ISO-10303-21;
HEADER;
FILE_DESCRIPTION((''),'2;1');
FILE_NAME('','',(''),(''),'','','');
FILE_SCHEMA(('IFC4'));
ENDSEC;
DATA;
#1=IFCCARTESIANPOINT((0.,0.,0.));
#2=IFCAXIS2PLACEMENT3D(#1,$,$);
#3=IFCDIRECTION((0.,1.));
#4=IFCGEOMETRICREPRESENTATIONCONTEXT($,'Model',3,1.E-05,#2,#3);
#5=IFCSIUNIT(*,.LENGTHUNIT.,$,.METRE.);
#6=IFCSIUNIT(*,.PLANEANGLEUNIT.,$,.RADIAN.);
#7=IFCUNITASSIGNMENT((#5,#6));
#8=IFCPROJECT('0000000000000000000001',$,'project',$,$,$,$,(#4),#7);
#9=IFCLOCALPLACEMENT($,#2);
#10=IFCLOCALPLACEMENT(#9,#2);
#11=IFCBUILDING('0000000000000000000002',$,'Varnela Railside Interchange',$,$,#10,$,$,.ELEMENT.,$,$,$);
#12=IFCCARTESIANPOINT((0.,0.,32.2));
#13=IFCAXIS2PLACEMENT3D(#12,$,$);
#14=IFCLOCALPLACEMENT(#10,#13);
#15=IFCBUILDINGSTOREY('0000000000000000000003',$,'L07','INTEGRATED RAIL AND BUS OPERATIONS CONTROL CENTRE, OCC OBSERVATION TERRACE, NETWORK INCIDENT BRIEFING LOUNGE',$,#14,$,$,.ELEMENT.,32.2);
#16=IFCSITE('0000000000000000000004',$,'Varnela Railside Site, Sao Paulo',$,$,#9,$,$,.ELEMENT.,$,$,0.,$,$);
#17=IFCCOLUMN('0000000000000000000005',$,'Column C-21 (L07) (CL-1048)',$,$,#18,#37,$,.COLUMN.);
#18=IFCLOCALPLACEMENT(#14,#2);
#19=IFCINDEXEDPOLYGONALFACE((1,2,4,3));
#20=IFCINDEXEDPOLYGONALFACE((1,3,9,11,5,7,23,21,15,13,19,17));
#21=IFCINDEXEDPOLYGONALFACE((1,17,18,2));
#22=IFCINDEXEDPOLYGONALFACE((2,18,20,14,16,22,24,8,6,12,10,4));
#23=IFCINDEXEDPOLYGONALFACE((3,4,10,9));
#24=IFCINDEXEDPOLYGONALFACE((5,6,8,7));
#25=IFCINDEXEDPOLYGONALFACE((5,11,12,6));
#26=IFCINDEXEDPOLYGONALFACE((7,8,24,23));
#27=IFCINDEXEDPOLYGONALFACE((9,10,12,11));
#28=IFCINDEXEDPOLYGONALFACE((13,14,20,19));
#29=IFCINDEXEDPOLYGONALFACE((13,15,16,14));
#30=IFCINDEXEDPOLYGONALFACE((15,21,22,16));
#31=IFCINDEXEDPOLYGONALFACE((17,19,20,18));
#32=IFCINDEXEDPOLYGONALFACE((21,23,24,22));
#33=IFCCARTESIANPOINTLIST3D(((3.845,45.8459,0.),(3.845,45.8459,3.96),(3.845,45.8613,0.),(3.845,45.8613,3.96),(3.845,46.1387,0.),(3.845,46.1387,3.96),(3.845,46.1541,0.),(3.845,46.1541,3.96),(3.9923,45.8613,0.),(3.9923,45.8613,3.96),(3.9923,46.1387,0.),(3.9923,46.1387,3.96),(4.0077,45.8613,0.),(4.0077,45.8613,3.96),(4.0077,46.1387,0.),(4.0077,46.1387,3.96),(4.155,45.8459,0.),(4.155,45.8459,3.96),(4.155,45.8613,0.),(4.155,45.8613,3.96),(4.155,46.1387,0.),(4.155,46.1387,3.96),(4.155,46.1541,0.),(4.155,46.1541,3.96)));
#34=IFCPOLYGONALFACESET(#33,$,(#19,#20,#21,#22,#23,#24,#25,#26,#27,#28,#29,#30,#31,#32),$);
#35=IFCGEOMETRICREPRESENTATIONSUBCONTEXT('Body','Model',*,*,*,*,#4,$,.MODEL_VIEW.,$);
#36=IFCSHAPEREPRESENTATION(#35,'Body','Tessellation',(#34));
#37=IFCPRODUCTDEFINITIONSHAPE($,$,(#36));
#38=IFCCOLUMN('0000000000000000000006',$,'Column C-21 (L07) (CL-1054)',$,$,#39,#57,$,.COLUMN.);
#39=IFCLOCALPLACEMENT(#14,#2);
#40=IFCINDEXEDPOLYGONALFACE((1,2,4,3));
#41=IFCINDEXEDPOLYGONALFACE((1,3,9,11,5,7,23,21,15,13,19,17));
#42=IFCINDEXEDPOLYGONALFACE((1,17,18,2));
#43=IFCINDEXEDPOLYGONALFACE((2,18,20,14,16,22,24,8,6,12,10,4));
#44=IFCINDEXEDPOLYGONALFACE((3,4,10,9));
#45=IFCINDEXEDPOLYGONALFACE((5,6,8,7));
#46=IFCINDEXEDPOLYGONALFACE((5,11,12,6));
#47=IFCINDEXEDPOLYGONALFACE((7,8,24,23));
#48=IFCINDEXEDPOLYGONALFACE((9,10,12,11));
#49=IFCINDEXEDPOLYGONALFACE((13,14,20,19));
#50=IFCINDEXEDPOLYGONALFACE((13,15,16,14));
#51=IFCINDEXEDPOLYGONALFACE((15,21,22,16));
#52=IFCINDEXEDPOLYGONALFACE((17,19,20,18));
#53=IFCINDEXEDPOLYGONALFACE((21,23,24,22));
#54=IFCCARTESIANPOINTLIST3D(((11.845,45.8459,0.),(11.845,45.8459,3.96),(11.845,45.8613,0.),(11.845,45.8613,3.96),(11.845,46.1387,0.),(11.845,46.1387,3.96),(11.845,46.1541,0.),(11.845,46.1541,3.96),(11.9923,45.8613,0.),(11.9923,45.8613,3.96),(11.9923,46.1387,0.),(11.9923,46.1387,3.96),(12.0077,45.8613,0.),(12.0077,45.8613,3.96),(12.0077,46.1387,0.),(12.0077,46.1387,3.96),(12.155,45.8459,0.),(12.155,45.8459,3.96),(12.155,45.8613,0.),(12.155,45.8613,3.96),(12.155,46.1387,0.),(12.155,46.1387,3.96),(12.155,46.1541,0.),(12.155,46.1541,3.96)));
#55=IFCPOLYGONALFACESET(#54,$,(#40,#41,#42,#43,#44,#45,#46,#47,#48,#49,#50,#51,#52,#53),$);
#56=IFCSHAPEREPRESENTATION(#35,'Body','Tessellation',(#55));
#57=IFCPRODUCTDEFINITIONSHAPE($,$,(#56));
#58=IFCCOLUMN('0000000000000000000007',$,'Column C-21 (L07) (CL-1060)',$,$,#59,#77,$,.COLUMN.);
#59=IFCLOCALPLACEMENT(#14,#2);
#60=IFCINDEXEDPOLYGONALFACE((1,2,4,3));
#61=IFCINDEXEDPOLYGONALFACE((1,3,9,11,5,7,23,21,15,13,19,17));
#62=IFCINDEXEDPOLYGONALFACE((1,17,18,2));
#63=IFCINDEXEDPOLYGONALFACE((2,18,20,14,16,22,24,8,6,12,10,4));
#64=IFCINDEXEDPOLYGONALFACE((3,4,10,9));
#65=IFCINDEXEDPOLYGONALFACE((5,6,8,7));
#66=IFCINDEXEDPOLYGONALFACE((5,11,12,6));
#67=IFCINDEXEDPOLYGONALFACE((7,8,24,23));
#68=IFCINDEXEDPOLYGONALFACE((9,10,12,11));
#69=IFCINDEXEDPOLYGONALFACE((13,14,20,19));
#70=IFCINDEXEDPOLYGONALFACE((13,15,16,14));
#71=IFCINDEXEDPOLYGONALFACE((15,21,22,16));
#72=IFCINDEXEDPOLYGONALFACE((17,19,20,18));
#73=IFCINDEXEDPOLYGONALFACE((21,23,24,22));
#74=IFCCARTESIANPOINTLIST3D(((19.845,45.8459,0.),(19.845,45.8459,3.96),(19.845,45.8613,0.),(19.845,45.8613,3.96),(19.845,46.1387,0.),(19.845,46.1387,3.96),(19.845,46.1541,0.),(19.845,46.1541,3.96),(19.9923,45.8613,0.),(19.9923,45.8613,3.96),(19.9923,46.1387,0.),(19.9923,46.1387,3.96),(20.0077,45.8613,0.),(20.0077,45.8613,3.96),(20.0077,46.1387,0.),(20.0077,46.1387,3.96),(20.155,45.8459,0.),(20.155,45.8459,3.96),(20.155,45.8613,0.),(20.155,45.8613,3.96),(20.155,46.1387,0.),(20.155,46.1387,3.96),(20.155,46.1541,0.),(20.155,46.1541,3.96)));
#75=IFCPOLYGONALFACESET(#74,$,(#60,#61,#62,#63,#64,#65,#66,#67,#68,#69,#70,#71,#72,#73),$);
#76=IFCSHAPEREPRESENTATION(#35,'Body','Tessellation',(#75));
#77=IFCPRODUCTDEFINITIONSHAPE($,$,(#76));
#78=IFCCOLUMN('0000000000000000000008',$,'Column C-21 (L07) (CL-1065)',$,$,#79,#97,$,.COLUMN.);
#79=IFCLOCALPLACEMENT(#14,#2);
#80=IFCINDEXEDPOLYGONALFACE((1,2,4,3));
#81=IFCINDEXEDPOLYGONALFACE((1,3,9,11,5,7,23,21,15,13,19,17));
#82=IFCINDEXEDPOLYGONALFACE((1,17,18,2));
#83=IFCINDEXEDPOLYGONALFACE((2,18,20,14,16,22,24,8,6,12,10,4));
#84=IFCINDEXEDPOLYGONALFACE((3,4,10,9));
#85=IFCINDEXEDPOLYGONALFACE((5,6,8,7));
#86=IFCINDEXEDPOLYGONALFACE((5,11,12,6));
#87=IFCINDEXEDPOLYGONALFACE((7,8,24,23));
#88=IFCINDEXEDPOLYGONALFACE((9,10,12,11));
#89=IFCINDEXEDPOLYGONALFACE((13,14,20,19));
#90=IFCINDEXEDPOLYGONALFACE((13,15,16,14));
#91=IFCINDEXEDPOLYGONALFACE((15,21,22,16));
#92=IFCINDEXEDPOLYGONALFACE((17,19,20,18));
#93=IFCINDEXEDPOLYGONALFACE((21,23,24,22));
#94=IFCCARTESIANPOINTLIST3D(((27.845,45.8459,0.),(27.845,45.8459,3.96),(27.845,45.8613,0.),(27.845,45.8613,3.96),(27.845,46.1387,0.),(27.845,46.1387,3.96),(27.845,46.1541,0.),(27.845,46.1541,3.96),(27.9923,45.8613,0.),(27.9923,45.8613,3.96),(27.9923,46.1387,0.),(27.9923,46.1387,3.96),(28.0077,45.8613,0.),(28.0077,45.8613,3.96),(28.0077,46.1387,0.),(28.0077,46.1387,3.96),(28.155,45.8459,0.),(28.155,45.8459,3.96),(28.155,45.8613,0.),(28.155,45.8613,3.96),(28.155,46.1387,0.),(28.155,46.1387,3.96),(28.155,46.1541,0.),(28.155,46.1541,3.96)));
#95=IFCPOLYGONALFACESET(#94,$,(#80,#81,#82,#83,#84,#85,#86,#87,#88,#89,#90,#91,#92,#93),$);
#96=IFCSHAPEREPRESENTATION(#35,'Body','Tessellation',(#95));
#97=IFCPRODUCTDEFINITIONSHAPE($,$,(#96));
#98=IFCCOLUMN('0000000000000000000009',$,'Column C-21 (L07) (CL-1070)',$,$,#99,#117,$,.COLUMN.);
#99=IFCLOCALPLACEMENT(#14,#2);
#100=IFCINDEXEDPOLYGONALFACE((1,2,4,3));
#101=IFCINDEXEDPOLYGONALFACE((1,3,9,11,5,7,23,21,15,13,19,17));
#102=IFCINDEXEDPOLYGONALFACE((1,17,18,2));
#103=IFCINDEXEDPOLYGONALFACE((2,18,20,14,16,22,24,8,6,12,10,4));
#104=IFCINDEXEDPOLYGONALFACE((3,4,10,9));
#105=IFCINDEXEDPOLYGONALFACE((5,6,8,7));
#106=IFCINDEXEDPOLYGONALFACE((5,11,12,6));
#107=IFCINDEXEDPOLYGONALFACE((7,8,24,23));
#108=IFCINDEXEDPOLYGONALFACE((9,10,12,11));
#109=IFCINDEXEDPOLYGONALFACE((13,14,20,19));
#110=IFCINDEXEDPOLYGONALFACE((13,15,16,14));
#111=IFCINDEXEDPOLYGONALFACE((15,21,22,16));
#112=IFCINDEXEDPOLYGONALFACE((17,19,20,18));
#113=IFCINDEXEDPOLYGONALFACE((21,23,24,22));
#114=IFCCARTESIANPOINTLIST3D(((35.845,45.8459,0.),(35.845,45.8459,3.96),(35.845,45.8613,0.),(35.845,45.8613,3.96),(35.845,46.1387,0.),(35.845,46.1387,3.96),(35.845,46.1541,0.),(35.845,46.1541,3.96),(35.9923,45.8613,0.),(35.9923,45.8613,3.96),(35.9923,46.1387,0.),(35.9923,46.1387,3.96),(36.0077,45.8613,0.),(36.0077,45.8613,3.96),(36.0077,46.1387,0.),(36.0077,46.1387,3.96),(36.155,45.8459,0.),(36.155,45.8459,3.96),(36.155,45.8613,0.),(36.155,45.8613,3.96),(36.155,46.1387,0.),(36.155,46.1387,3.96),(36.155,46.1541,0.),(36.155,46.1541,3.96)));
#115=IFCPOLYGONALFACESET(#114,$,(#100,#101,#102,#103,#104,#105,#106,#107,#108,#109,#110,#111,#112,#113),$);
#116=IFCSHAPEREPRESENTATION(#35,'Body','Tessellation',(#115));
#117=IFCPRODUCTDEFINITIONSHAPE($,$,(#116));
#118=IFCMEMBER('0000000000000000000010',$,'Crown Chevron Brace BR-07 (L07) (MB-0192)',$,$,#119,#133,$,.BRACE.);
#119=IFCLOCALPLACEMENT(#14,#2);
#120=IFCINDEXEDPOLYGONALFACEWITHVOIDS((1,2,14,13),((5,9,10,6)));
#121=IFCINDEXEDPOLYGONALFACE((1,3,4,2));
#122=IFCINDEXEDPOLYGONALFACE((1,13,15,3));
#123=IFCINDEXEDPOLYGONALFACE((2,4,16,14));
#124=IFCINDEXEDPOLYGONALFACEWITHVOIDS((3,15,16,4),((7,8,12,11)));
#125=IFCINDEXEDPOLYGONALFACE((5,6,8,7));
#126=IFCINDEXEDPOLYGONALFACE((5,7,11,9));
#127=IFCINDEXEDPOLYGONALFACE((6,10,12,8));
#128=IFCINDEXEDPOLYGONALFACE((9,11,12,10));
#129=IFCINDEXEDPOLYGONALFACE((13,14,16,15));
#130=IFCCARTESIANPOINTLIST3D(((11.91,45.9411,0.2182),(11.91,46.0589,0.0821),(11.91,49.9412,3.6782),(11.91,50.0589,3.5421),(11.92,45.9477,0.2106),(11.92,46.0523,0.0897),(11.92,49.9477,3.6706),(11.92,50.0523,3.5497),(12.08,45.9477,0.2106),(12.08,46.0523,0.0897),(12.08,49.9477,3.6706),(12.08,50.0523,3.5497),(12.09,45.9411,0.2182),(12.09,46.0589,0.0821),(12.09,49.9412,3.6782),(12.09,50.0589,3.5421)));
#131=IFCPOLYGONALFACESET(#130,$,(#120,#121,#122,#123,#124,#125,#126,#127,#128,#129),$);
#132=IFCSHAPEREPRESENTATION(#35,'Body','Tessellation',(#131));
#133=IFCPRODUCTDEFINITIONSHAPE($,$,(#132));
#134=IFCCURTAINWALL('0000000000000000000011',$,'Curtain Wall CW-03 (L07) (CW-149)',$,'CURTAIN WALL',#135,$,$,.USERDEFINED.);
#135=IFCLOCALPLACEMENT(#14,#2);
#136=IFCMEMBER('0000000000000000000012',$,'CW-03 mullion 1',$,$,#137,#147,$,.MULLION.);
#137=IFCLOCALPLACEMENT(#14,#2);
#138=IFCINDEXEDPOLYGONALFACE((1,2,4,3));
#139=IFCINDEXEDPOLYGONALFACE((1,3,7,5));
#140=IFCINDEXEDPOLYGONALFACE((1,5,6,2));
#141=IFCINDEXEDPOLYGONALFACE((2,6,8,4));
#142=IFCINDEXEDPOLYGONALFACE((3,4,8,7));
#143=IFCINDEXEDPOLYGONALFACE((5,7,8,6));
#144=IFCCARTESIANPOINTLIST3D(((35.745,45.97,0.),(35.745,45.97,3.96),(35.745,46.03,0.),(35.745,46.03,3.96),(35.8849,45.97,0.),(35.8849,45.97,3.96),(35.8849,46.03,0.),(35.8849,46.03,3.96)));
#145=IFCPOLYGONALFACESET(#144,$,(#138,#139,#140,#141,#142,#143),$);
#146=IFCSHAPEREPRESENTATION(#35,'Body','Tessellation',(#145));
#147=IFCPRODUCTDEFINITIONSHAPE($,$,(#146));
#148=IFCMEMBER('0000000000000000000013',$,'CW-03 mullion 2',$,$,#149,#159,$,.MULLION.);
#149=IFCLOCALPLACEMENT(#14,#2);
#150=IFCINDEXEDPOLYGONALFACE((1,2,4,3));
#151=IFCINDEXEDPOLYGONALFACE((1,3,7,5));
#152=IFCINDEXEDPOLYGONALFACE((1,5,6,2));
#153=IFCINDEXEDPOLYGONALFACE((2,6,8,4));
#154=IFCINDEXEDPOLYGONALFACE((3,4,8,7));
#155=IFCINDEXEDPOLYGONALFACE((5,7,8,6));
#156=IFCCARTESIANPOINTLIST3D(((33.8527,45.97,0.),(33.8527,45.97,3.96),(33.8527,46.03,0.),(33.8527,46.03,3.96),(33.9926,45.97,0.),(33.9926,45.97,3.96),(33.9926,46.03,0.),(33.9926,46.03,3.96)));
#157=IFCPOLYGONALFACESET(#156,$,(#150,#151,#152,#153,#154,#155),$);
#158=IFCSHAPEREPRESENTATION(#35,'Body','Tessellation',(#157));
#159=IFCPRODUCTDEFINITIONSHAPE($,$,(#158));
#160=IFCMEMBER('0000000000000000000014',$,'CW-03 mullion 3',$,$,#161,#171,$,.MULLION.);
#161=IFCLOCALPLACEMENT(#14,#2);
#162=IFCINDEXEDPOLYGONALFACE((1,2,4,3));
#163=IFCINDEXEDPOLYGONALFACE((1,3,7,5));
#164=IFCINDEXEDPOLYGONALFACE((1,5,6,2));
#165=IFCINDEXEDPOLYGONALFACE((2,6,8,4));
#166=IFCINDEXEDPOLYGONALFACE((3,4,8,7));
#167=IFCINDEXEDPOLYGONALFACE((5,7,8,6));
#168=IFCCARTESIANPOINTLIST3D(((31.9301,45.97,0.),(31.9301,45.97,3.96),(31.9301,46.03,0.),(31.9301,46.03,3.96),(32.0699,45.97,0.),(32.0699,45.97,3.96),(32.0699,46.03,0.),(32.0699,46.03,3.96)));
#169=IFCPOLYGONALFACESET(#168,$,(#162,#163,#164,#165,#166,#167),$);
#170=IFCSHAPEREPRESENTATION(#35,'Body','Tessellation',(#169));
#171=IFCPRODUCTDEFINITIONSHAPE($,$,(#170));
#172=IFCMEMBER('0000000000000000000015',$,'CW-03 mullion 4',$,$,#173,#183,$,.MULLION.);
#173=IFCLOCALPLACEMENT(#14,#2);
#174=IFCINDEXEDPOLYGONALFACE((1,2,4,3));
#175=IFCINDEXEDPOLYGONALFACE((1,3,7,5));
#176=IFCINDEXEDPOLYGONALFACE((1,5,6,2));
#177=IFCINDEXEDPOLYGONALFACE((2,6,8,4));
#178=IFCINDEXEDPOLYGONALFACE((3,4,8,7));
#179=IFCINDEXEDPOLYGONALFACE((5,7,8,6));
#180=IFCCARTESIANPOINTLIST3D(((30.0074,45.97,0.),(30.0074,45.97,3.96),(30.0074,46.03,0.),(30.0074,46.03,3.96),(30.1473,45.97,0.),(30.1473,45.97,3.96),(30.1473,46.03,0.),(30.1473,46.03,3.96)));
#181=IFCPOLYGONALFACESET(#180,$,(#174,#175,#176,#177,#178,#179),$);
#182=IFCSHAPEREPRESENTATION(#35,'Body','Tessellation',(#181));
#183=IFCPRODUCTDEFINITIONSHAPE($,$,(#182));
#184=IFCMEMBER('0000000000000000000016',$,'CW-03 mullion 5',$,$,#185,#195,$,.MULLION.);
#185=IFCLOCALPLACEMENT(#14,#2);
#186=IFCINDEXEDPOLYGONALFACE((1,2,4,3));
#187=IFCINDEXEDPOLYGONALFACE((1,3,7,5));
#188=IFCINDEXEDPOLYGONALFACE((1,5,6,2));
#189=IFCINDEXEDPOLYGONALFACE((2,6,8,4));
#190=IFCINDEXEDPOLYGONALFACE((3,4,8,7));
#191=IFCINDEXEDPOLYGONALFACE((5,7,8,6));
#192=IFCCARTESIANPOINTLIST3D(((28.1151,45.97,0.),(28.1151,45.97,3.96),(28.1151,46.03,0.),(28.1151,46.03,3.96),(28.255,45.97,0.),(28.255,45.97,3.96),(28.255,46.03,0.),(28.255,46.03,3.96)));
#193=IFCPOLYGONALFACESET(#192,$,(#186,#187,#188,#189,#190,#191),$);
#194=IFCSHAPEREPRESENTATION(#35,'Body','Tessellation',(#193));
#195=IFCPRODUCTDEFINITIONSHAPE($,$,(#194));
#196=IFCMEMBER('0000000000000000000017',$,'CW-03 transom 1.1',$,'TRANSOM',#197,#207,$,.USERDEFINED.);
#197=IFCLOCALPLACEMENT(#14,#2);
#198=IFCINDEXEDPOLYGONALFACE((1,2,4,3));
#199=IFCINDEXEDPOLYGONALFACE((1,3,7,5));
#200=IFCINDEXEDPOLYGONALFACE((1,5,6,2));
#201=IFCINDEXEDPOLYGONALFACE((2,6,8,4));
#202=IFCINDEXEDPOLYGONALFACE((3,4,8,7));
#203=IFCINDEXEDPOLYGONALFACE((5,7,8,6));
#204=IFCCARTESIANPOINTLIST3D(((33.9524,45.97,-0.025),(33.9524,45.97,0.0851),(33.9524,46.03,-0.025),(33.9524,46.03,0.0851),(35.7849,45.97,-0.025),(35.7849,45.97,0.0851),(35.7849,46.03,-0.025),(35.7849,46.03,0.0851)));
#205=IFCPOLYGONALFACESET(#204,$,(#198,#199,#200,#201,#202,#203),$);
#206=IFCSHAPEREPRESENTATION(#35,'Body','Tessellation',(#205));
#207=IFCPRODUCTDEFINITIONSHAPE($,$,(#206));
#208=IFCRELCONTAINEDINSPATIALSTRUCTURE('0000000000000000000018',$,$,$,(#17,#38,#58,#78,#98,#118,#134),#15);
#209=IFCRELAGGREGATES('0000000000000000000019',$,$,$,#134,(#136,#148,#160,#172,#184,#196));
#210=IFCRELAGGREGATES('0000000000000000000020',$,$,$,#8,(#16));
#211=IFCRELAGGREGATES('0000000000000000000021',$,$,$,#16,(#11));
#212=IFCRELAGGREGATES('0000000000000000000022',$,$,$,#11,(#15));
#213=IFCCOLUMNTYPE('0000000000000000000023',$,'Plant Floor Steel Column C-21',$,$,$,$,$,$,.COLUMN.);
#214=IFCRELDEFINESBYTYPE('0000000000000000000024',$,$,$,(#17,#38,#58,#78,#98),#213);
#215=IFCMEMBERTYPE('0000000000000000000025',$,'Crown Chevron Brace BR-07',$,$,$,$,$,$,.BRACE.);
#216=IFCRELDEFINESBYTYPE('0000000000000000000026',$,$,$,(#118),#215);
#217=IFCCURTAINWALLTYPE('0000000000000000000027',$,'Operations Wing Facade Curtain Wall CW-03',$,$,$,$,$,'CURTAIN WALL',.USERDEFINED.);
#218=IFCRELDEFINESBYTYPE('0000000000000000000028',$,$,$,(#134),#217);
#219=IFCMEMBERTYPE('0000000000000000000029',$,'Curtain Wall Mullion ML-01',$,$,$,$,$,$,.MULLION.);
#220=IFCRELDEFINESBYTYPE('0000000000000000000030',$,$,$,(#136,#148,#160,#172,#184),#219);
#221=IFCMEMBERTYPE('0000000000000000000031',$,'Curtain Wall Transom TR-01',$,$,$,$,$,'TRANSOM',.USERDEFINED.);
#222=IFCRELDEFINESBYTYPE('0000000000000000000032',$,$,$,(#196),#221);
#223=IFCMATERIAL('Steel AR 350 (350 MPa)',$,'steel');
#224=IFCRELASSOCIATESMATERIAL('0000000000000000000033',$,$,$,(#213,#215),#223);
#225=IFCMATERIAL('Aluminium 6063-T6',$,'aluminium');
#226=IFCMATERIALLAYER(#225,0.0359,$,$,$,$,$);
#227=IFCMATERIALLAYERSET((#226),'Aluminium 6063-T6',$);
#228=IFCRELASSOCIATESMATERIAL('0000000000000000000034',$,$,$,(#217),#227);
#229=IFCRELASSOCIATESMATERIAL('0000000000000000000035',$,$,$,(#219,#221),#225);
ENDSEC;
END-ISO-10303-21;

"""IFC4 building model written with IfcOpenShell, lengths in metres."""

from ifc_helpers import new_model, si_unit, direction, frame, origin, origin_2d, place, context, subcontext, project, spatial, rectangle, hollow_rectangle, i_section, extrude, material, layer, layer_set, material_profile, profile_set, type_object, element, aggregate, save


model = new_model("IFC4")

# Units and contexts
model_context = context("Model", 3, precision=1e-05, world=origin(), true_north=direction((0.0, 1.0)))
body_context = subcontext(model_context, "Body", "Model", "MODEL_VIEW")
ifc_project = project(units=[si_unit("LENGTHUNIT", "METRE"), si_unit("PLANEANGLEUNIT", "RADIAN")], contexts=[model_context])

# Site, building, storey
site_placement = place(None, origin())
site = spatial("IfcSite", under=ifc_project, at=site_placement, Name="Varnela Railside Site, Sao Paulo", CompositionType="ELEMENT", RefElevation=0.0)
building_placement = place(site_placement, origin())
building = spatial("IfcBuilding", under=site, at=building_placement, Name="Varnela Railside Interchange", CompositionType="ELEMENT")
storey_placement = place(building_placement, frame((0.0, 0.0, 32.2)))
storey = spatial("IfcBuildingStorey", under=building, at=storey_placement, Name="L07", Description="INTEGRATED RAIL AND BUS OPERATIONS CONTROL CENTRE, OCC OBSERVATION TERRACE, NETWORK INCIDENT BRIEFING LOUNGE", CompositionType="ELEMENT", Elevation=32.2)

# Columns
ifc_material_1 = material(Name="Steel AR 350 (350 MPa)", Category="steel")
ifc_material_profile_1 = material_profile(ifc_material_1, i_section(OverallWidth=0.3101, OverallDepth=0.3081, WebThickness=0.0154, FlangeThickness=0.0154, at=origin_2d()), Name="HP310x110")
ifc_profile_set_1 = profile_set([ifc_material_profile_1], Name="Steel AR 350 (350 MPa)")
column_type = type_object("IfcColumnType", Name="Plant Floor Steel Column C-21", PredefinedType="COLUMN", material=ifc_profile_set_1)
for number, where, z_axis, x_axis, name in (
    (1, (4.0, 46.0, 0.0), (0.0, 0.0, 1.0), (1.0, 0.0, 0.0), "Column C-21 (L07) (CL-1048)"),
    (2, (12.0, 46.0, 0.0), (0.0, 0.0, 1.0), (1.0, 0.0, 0.0), "Column C-21 (L07) (CL-1054)"),
    (3, (20.0, 46.0, 0.0), (0.0, 0.0, 1.0), (1.0, 0.0, 0.0), "Column C-21 (L07) (CL-1060)"),
    (4, (28.0, 46.0, 0.0), (0.0, 0.0, 1.0), (1.0, 0.0, 0.0), "Column C-21 (L07) (CL-1065)"),
    (5, (36.0, 46.0, 0.0), (0.0, 0.0, 1.0), (1.0, 0.0, 0.0), "Column C-21 (L07) (CL-1070)"),
):
    element("IfcColumn", number, at=place(storey_placement, frame(where, z_axis=z_axis, x_axis=x_axis)), inside=storey, type_object=column_type, Name=name, PredefinedType="COLUMN", context=body_context, shape_type="SweptSolid", body=[
        extrude(i_section(OverallWidth=0.3101, OverallDepth=0.3081, WebThickness=0.0154, FlangeThickness=0.0154, at=origin_2d()), origin(), (0.0, 0.0, 1.0), 3.96),
    ])

# Member
ifc_material_profile_2 = material_profile(ifc_material_1, hollow_rectangle(XDim=0.1799, YDim=0.1799, WallThickness=0.01, at=origin_2d()), Name="HSS 180x180x10")
ifc_profile_set_2 = profile_set([ifc_material_profile_2], Name="Steel AR 350 (350 MPa)")
member_type_1 = type_object("IfcMemberType", Name="Crown Chevron Brace BR-07", PredefinedType="BRACE", material=ifc_profile_set_2)
member_1_placement = place(storey_placement, frame((12.0, 46.0, 0.1501), z_axis=(0.0, 0.756316, 0.654206), x_axis=(-1.0, 0.0, 0.0)))
element("IfcMember", 6, at=member_1_placement, inside=storey, type_object=member_type_1, Name="Crown Chevron Brace BR-07 (L07) (MB-0192)", PredefinedType="BRACE", context=body_context, shape_type="SweptSolid", body=[
    extrude(hollow_rectangle(XDim=0.1799, YDim=0.1799, WallThickness=0.01, at=origin_2d()), origin(), (0.0, 0.0, 1.0), 5.2888),
])

# Curtain wall, members
ifc_material_2 = material(Name="Aluminium 6063-T6", Category="aluminium")
ifc_layer_1 = layer(ifc_material_2, 0.0359)
ifc_layer_set_1 = layer_set([ifc_layer_1], Name="Aluminium 6063-T6")
curtain_wall_type = type_object("IfcCurtainWallType", Name="Operations Wing Facade Curtain Wall CW-03", ElementType="CURTAIN WALL", PredefinedType="USERDEFINED", material=ifc_layer_set_1)
curtain_wall_placement = place(storey_placement, origin())
curtain_wall = element("IfcCurtainWall", 7, at=curtain_wall_placement, inside=storey, type_object=curtain_wall_type, Name="Curtain Wall CW-03 (L07) (CW-149)", ObjectType="CURTAIN WALL", PredefinedType="USERDEFINED")
ifc_material_profile_3 = material_profile(ifc_material_2, rectangle(XDim=0.0601, YDim=0.1399, at=origin_2d()), Name="ALU 60x140")
ifc_profile_set_3 = profile_set([ifc_material_profile_3], Name="Aluminium 6063-T6")
member_type_2 = type_object("IfcMemberType", Name="Curtain Wall Mullion ML-01", PredefinedType="MULLION", material=ifc_profile_set_3)
member_2_placement = place(storey_placement, frame((35.8149, 46.0, 0.0), z_axis=(0.0, 0.0, 1.0), x_axis=(0.0, -1.0, 0.0)))
member_2 = element("IfcMember", 8, at=member_2_placement, type_object=member_type_2, Name="CW-03 mullion 1", PredefinedType="MULLION", context=body_context, shape_type="SweptSolid", body=[
    extrude(rectangle(XDim=0.0601, YDim=0.1399, at=origin_2d()), origin(), (0.0, 0.0, 1.0), 3.96),
])
member_3_placement = place(storey_placement, frame((33.9226, 46.0, 0.0), z_axis=(0.0, 0.0, 1.0), x_axis=(0.0, -1.0, 0.0)))
member_3 = element("IfcMember", 9, at=member_3_placement, type_object=member_type_2, Name="CW-03 mullion 2", PredefinedType="MULLION", context=body_context, shape_type="SweptSolid", body=[
    extrude(rectangle(XDim=0.0601, YDim=0.1399, at=origin_2d()), origin(), (0.0, 0.0, 1.0), 3.96),
])
member_4_placement = place(storey_placement, frame((32.0, 46.0, 0.0), z_axis=(0.0, 0.0, 1.0), x_axis=(0.0, -1.0, 0.0)))
member_4 = element("IfcMember", 10, at=member_4_placement, type_object=member_type_2, Name="CW-03 mullion 3", PredefinedType="MULLION", context=body_context, shape_type="SweptSolid", body=[
    extrude(rectangle(XDim=0.0601, YDim=0.1399, at=origin_2d()), origin(), (0.0, 0.0, 1.0), 3.96),
])
member_5_placement = place(storey_placement, frame((30.0774, 46.0, 0.0), z_axis=(0.0, 0.0, 1.0), x_axis=(0.0, -1.0, 0.0)))
member_5 = element("IfcMember", 11, at=member_5_placement, type_object=member_type_2, Name="CW-03 mullion 4", PredefinedType="MULLION", context=body_context, shape_type="SweptSolid", body=[
    extrude(rectangle(XDim=0.0601, YDim=0.1399, at=origin_2d()), origin(), (0.0, 0.0, 1.0), 3.96),
])
member_6_placement = place(storey_placement, frame((28.1851, 46.0, 0.0), z_axis=(0.0, 0.0, 1.0), x_axis=(0.0, -1.0, 0.0)))
member_6 = element("IfcMember", 12, at=member_6_placement, type_object=member_type_2, Name="CW-03 mullion 5", PredefinedType="MULLION", context=body_context, shape_type="SweptSolid", body=[
    extrude(rectangle(XDim=0.0601, YDim=0.1399, at=origin_2d()), origin(), (0.0, 0.0, 1.0), 3.96),
])
ifc_material_profile_4 = material_profile(ifc_material_2, rectangle(XDim=0.0601, YDim=0.1101, at=origin_2d()), Name="ALU 60x110")
ifc_profile_set_4 = profile_set([ifc_material_profile_4], Name="Aluminium 6063-T6")
member_type_3 = type_object("IfcMemberType", Name="Curtain Wall Transom TR-01", ElementType="TRANSOM", PredefinedType="USERDEFINED", material=ifc_profile_set_4)
member_7_placement = place(storey_placement, frame((35.7849, 46.0, 0.03), z_axis=(-1.0, 0.0, 0.0), x_axis=(0.0, -1.0, 0.0)))
member_7 = element("IfcMember", 13, at=member_7_placement, type_object=member_type_3, Name="CW-03 transom 1.1", ObjectType="TRANSOM", PredefinedType="USERDEFINED", context=body_context, shape_type="SweptSolid", body=[
    extrude(rectangle(XDim=0.0601, YDim=0.1101, at=origin_2d()), origin(), (0.0, 0.0, 1.0), 1.8325),
])

aggregate(curtain_wall, [member_2, member_3, member_4, member_5, member_6, member_7])

save(model, "model.ifc")
